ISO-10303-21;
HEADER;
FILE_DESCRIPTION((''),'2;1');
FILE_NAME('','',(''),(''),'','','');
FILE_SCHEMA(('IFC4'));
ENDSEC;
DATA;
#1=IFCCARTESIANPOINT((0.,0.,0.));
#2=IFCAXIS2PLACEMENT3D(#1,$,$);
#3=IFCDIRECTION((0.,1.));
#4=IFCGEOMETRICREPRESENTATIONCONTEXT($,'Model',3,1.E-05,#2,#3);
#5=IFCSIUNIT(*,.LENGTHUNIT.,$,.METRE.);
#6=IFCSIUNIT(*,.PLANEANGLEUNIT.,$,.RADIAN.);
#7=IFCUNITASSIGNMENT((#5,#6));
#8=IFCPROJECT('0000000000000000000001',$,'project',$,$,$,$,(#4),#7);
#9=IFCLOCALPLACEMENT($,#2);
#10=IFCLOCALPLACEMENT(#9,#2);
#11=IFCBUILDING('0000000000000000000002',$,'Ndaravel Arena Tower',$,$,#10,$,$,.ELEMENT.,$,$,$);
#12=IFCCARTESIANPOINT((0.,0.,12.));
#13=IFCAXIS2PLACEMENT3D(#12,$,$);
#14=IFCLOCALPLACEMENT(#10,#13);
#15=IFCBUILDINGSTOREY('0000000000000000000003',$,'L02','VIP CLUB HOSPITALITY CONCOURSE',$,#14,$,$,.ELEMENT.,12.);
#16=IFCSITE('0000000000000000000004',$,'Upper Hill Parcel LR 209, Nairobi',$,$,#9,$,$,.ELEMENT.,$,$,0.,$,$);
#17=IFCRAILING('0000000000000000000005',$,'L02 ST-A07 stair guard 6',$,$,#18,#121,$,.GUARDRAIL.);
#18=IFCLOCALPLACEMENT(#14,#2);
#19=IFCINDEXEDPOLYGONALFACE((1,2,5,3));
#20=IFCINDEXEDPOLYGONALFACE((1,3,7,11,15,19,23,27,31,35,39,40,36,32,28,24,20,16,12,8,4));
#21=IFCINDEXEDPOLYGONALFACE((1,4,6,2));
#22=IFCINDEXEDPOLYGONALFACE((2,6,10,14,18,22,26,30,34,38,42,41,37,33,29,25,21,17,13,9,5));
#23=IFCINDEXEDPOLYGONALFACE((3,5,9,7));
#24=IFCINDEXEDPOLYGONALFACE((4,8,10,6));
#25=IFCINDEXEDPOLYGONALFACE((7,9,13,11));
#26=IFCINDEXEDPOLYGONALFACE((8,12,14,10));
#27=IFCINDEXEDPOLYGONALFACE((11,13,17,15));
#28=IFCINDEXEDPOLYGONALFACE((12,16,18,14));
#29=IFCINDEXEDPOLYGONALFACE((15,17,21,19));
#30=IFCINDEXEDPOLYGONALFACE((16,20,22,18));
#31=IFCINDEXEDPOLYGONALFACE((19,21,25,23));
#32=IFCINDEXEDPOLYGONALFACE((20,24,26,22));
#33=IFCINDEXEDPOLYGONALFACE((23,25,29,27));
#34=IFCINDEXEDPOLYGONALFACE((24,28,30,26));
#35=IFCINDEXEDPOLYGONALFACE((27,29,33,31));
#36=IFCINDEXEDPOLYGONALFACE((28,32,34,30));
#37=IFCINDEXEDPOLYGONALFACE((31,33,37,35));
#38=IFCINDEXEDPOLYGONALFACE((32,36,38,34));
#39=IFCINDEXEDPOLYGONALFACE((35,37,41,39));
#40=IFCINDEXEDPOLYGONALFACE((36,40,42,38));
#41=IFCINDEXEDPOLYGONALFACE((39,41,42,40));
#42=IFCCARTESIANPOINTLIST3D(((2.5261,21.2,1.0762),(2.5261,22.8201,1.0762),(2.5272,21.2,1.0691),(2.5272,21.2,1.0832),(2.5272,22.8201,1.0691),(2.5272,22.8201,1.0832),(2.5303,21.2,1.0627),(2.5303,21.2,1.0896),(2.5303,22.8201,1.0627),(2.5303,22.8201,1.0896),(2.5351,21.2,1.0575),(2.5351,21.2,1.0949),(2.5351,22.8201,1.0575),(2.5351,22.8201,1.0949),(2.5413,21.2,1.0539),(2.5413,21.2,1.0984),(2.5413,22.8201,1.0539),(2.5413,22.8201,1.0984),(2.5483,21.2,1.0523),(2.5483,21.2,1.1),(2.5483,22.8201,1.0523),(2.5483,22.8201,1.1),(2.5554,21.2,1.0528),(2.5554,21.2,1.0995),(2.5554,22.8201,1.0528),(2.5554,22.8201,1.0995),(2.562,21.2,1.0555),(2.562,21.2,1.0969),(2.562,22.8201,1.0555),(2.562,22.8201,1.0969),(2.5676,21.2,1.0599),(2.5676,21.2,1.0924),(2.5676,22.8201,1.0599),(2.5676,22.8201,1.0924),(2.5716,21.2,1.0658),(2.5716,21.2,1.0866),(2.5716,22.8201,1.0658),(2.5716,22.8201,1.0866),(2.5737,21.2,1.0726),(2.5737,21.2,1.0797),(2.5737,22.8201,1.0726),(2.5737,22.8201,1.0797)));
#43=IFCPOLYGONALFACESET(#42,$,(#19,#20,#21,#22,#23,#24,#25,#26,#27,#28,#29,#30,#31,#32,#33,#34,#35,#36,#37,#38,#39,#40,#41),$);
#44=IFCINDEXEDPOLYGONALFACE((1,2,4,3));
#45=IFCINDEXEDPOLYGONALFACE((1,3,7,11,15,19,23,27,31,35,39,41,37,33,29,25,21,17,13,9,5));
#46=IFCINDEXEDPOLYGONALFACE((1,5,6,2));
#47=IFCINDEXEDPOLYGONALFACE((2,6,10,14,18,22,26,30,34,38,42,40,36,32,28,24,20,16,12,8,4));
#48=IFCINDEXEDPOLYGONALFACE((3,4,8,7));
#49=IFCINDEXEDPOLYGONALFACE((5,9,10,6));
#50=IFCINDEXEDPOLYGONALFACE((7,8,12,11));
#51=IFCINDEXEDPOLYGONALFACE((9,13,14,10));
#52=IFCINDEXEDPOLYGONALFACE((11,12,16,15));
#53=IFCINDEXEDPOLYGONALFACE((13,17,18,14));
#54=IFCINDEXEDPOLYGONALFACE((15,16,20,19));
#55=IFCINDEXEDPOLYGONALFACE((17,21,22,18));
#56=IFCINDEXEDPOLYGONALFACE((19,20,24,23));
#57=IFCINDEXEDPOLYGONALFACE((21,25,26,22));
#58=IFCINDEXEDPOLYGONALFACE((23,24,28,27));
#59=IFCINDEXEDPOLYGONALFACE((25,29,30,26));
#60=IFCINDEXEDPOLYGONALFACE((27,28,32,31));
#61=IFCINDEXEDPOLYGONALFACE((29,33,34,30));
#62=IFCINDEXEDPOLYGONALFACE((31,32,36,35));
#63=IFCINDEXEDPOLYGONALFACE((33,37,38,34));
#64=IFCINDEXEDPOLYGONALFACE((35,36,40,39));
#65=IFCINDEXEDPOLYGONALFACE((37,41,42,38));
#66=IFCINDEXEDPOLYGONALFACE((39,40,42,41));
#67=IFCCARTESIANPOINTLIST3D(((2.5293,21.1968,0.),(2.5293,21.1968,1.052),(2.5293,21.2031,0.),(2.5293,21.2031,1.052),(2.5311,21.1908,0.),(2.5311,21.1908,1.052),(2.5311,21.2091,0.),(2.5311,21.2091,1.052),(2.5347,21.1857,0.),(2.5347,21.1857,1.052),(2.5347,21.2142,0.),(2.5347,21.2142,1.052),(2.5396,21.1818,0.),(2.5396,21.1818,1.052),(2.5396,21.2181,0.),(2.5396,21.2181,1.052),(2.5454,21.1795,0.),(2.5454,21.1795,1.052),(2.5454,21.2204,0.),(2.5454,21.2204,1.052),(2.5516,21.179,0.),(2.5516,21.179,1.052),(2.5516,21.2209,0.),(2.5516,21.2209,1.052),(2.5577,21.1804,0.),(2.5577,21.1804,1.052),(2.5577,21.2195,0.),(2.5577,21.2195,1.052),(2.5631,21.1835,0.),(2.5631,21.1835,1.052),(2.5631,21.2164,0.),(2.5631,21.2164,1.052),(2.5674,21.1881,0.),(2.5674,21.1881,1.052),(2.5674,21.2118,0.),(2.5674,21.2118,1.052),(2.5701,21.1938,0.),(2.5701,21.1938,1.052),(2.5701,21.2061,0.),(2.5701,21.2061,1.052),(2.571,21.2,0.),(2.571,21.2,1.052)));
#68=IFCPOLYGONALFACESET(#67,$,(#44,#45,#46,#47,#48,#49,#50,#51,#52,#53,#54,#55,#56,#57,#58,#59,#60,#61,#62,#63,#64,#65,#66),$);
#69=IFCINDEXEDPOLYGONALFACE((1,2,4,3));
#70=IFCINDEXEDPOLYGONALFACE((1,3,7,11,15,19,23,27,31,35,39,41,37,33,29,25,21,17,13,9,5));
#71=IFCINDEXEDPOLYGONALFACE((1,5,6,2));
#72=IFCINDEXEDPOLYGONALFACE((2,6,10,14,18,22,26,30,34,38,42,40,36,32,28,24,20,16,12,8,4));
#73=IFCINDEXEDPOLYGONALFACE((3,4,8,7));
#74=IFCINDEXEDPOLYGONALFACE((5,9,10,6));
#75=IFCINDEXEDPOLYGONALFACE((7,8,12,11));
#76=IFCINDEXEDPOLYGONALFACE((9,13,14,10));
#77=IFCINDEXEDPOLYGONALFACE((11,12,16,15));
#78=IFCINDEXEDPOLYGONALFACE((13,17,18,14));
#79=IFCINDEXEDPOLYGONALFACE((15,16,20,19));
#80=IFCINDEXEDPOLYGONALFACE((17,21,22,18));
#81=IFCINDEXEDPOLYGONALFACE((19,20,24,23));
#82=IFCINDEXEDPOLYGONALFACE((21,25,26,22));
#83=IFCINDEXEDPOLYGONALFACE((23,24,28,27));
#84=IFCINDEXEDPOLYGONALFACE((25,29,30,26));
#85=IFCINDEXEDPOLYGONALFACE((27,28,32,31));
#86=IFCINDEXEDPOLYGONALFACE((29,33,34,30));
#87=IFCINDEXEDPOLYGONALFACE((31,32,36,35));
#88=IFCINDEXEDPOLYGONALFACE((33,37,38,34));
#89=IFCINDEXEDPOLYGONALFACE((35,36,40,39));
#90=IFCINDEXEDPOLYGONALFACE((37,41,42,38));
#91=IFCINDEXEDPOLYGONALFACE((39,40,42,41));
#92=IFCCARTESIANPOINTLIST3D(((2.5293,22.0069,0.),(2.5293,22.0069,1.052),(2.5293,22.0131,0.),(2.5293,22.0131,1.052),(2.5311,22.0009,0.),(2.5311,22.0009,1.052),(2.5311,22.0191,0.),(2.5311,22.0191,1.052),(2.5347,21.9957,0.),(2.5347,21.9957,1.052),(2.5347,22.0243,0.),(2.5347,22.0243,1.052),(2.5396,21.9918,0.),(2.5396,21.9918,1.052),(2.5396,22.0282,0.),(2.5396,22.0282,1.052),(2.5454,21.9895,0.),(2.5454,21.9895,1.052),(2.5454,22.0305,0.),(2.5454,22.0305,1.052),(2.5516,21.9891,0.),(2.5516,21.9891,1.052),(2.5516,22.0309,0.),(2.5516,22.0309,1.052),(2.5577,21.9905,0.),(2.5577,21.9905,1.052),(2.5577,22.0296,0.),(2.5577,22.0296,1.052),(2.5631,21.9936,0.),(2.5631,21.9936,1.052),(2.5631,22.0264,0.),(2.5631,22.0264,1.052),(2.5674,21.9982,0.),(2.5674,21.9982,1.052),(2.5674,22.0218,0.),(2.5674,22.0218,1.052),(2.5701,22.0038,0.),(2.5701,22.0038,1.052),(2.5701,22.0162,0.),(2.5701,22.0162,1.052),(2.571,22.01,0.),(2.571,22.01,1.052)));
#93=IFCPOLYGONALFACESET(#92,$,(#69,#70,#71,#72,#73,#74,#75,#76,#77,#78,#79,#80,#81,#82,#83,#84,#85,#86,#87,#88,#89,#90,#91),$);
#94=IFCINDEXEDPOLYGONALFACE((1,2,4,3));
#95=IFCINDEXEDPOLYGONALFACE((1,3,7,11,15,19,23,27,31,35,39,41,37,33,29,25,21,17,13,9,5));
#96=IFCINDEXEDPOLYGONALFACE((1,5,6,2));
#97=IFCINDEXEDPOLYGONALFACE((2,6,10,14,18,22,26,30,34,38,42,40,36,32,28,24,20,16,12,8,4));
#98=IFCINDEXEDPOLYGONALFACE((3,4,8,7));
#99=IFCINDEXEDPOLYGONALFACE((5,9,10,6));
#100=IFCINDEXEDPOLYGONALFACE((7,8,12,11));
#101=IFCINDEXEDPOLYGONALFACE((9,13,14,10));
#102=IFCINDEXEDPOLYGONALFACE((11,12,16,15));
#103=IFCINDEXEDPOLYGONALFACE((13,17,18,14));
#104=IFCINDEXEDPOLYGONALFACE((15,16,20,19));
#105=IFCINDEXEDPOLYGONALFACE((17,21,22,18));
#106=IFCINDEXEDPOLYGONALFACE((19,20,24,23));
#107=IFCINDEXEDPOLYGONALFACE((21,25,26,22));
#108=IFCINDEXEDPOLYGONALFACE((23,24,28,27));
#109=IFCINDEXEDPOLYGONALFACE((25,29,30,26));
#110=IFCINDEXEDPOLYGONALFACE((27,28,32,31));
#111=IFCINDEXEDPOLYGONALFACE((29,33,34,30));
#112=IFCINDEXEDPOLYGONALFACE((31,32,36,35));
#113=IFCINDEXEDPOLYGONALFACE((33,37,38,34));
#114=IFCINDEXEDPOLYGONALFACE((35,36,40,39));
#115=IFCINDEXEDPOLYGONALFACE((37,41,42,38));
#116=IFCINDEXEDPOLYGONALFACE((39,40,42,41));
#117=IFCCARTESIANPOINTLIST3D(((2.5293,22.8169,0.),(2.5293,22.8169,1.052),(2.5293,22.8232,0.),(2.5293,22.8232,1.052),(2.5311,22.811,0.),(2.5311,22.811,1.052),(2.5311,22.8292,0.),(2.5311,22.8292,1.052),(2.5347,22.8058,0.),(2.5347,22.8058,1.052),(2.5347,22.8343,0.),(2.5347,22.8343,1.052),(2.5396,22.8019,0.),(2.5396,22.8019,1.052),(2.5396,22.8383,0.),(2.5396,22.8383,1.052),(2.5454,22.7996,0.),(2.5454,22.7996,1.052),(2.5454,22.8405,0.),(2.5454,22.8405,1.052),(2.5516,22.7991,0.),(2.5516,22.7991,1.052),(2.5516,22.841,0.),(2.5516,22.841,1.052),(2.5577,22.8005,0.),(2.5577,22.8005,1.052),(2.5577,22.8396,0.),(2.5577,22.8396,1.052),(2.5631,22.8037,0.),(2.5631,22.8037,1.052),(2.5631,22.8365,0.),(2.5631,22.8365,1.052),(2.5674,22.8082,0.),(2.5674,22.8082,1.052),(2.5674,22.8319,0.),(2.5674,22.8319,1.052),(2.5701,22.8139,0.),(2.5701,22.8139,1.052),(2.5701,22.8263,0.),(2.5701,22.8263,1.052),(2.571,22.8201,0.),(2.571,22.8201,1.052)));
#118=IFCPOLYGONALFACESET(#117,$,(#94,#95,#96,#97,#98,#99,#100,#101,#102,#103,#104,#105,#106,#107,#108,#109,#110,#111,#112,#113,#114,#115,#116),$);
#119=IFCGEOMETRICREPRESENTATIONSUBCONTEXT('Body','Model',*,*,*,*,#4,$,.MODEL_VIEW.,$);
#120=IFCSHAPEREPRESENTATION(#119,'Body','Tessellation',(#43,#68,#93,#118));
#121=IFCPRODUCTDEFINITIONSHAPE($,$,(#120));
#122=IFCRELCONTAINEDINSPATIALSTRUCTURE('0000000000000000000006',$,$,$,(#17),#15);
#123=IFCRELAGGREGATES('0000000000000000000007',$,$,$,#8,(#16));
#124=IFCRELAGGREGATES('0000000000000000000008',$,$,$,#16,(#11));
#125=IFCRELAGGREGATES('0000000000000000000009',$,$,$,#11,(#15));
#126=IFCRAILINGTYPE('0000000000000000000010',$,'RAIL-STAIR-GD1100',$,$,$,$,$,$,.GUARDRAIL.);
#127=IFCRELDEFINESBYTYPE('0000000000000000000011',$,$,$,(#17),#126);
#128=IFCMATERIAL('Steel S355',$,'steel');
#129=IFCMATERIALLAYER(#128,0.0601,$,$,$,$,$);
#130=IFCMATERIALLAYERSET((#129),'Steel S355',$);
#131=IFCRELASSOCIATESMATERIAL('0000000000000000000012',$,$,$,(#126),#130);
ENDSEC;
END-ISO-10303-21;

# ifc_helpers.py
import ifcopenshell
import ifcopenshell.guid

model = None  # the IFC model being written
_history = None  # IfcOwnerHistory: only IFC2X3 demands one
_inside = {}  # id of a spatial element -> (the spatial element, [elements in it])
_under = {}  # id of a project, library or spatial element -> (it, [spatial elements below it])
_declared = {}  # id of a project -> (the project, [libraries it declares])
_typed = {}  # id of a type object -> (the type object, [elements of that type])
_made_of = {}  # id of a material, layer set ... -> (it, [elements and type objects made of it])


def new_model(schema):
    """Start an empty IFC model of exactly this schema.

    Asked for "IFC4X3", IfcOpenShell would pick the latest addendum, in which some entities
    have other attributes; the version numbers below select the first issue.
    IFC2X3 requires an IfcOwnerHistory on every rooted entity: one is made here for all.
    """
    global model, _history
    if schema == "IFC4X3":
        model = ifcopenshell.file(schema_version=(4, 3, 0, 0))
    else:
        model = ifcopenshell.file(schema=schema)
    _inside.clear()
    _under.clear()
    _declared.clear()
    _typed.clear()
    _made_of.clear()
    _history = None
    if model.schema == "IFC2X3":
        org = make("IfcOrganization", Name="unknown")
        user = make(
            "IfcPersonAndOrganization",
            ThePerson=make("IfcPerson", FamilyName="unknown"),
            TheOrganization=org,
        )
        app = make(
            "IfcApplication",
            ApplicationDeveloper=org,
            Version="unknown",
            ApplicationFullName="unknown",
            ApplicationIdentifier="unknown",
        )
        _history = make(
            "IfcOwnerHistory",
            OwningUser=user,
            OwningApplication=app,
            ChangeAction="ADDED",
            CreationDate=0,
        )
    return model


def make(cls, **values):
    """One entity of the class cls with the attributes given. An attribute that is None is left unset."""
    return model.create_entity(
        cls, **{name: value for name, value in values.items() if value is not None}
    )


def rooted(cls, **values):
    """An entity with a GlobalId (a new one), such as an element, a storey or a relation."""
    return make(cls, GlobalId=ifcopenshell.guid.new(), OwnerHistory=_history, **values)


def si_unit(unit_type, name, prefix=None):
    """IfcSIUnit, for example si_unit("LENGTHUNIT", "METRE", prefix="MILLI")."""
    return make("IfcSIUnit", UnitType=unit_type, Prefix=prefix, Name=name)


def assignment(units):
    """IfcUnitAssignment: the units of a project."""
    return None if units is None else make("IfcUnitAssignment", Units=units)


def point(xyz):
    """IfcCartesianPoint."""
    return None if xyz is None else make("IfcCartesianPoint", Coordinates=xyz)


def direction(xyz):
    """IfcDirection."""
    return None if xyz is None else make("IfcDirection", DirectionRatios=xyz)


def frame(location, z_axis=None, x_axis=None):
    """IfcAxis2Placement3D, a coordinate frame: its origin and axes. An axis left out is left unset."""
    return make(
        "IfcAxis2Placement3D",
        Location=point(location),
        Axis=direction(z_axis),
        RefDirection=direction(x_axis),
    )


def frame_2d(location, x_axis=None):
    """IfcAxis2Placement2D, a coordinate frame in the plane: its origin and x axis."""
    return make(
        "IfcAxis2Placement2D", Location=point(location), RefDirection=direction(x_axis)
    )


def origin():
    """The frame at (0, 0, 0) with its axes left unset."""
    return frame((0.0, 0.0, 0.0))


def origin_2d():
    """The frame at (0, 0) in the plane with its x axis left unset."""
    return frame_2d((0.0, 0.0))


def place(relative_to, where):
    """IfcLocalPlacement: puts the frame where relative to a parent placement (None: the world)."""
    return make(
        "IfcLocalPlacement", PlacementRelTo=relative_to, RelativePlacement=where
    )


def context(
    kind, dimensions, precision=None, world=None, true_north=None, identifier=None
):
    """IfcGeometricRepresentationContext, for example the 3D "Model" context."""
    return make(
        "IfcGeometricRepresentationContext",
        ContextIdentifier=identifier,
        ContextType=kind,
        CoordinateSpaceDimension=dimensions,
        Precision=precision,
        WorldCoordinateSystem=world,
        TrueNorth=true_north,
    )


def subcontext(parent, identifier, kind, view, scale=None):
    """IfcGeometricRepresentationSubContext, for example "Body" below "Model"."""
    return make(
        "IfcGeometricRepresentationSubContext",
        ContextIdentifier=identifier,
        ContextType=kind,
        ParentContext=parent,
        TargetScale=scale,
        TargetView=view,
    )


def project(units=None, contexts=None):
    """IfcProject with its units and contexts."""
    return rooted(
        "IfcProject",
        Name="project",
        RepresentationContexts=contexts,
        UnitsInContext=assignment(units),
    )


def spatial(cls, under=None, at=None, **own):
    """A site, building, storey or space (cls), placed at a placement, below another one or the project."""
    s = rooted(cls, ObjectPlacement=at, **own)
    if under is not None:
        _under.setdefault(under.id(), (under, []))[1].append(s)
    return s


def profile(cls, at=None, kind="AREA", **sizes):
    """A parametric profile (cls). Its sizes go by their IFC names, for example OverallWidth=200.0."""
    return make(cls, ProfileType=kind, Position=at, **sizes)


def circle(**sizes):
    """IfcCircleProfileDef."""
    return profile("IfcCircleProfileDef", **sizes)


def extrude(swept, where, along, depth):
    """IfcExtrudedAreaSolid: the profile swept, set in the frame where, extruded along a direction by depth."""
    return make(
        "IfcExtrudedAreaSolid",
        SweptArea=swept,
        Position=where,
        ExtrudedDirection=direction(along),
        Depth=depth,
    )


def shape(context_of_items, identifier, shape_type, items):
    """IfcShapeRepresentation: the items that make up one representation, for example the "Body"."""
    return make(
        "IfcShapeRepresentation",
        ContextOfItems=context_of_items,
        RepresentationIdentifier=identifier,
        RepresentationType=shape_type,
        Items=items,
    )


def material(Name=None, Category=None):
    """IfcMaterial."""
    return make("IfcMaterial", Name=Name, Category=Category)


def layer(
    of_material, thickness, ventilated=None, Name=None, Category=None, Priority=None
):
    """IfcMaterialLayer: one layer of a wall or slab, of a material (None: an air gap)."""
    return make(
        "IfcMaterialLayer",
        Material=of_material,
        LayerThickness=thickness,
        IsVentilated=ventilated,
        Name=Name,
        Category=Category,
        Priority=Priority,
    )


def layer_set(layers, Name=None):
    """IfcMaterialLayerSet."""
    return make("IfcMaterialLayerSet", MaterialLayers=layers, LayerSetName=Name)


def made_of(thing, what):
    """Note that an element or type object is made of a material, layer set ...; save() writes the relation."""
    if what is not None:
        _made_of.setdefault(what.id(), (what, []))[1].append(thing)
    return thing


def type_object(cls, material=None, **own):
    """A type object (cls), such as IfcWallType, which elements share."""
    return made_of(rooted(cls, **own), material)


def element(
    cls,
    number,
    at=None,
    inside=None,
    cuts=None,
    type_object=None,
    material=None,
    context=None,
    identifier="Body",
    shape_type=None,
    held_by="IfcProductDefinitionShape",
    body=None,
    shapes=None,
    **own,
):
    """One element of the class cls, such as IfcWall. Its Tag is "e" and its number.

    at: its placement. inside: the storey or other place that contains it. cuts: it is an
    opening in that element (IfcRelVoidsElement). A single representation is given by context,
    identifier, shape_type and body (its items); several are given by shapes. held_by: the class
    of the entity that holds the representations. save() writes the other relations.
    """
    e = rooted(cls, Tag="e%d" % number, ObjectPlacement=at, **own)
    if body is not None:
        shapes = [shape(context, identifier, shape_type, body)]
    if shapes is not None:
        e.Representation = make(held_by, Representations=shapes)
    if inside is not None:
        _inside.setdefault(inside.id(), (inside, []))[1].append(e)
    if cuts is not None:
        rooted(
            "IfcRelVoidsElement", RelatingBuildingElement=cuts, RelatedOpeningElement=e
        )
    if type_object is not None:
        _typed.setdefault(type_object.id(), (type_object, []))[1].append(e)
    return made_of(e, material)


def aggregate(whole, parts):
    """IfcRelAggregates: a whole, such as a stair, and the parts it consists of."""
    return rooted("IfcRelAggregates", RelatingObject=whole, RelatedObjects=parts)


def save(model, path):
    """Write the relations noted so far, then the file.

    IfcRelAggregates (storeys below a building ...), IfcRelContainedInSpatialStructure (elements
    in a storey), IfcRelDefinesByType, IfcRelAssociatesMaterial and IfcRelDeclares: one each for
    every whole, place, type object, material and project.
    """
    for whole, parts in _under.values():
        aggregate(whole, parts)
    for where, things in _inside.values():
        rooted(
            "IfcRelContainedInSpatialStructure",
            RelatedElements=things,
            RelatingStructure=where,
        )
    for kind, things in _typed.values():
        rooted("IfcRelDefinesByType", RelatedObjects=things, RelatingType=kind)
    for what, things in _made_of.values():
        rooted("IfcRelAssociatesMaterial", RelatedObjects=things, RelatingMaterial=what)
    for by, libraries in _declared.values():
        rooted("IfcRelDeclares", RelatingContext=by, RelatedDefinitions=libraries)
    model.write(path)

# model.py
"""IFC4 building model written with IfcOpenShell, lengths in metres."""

from ifc_helpers import new_model, si_unit, direction, frame, origin, origin_2d, place, context, subcontext, project, spatial, circle, extrude, material, layer, layer_set, type_object, element, save


model = new_model("IFC4")

# Units and contexts
model_context = context("Model", 3, precision=1e-05, world=origin(), true_north=direction((0.0, 1.0)))
body_context = subcontext(model_context, "Body", "Model", "MODEL_VIEW")
ifc_project = project(units=[si_unit("LENGTHUNIT", "METRE"), si_unit("PLANEANGLEUNIT", "RADIAN")], contexts=[model_context])

# Site, building, storey
site_placement = place(None, origin())
site = spatial("IfcSite", under=ifc_project, at=site_placement, Name="Upper Hill Parcel LR 209, Nairobi", CompositionType="ELEMENT", RefElevation=0.0)
building_placement = place(site_placement, origin())
building = spatial("IfcBuilding", under=site, at=building_placement, Name="Ndaravel Arena Tower", CompositionType="ELEMENT")
storey_placement = place(building_placement, frame((0.0, 0.0, 12.0)))
storey = spatial("IfcBuildingStorey", under=building, at=storey_placement, Name="L02", Description="VIP CLUB HOSPITALITY CONCOURSE", CompositionType="ELEMENT", Elevation=12.0)

# Railing
ifc_material_1 = material(Name="Steel S355", Category="steel")
ifc_layer_1 = layer(ifc_material_1, 0.0601)
ifc_layer_set_1 = layer_set([ifc_layer_1], Name="Steel S355")
railing_type_1 = type_object("IfcRailingType", Name="RAIL-STAIR-GD1100", PredefinedType="GUARDRAIL", material=ifc_layer_set_1)
for number, where, name in (
    (1, (2.55, 21.2, 0.0), "L02 ST-A07 stair guard 6"),
):
    element("IfcRailing", number, at=place(storey_placement, frame(where)), inside=storey, type_object=railing_type_1, Name=name, PredefinedType="GUARDRAIL", context=body_context, shape_type="SweptSolid", body=[
        extrude(circle(Radius=0.0239, at=origin_2d()), frame((0.0, 0.0, 1.0762), z_axis=(0.0, 1.0, 0.0), x_axis=(-1.0, 0.0, 0.0)), (0.0, 0.0, 1.0), 1.6201),
        extrude(circle(Radius=0.021, at=origin_2d()), origin(), (0.0, 0.0, 1.0), 1.052),
        extrude(circle(Radius=0.021, at=origin_2d()), frame((0.0, 0.8101, 0.0)), (0.0, 0.0, 1.0), 1.052),
        extrude(circle(Radius=0.021, at=origin_2d()), frame((0.0, 1.6201, 0.0)), (0.0, 0.0, 1.0), 1.052),
    ])

save(model, "model.ifc")
